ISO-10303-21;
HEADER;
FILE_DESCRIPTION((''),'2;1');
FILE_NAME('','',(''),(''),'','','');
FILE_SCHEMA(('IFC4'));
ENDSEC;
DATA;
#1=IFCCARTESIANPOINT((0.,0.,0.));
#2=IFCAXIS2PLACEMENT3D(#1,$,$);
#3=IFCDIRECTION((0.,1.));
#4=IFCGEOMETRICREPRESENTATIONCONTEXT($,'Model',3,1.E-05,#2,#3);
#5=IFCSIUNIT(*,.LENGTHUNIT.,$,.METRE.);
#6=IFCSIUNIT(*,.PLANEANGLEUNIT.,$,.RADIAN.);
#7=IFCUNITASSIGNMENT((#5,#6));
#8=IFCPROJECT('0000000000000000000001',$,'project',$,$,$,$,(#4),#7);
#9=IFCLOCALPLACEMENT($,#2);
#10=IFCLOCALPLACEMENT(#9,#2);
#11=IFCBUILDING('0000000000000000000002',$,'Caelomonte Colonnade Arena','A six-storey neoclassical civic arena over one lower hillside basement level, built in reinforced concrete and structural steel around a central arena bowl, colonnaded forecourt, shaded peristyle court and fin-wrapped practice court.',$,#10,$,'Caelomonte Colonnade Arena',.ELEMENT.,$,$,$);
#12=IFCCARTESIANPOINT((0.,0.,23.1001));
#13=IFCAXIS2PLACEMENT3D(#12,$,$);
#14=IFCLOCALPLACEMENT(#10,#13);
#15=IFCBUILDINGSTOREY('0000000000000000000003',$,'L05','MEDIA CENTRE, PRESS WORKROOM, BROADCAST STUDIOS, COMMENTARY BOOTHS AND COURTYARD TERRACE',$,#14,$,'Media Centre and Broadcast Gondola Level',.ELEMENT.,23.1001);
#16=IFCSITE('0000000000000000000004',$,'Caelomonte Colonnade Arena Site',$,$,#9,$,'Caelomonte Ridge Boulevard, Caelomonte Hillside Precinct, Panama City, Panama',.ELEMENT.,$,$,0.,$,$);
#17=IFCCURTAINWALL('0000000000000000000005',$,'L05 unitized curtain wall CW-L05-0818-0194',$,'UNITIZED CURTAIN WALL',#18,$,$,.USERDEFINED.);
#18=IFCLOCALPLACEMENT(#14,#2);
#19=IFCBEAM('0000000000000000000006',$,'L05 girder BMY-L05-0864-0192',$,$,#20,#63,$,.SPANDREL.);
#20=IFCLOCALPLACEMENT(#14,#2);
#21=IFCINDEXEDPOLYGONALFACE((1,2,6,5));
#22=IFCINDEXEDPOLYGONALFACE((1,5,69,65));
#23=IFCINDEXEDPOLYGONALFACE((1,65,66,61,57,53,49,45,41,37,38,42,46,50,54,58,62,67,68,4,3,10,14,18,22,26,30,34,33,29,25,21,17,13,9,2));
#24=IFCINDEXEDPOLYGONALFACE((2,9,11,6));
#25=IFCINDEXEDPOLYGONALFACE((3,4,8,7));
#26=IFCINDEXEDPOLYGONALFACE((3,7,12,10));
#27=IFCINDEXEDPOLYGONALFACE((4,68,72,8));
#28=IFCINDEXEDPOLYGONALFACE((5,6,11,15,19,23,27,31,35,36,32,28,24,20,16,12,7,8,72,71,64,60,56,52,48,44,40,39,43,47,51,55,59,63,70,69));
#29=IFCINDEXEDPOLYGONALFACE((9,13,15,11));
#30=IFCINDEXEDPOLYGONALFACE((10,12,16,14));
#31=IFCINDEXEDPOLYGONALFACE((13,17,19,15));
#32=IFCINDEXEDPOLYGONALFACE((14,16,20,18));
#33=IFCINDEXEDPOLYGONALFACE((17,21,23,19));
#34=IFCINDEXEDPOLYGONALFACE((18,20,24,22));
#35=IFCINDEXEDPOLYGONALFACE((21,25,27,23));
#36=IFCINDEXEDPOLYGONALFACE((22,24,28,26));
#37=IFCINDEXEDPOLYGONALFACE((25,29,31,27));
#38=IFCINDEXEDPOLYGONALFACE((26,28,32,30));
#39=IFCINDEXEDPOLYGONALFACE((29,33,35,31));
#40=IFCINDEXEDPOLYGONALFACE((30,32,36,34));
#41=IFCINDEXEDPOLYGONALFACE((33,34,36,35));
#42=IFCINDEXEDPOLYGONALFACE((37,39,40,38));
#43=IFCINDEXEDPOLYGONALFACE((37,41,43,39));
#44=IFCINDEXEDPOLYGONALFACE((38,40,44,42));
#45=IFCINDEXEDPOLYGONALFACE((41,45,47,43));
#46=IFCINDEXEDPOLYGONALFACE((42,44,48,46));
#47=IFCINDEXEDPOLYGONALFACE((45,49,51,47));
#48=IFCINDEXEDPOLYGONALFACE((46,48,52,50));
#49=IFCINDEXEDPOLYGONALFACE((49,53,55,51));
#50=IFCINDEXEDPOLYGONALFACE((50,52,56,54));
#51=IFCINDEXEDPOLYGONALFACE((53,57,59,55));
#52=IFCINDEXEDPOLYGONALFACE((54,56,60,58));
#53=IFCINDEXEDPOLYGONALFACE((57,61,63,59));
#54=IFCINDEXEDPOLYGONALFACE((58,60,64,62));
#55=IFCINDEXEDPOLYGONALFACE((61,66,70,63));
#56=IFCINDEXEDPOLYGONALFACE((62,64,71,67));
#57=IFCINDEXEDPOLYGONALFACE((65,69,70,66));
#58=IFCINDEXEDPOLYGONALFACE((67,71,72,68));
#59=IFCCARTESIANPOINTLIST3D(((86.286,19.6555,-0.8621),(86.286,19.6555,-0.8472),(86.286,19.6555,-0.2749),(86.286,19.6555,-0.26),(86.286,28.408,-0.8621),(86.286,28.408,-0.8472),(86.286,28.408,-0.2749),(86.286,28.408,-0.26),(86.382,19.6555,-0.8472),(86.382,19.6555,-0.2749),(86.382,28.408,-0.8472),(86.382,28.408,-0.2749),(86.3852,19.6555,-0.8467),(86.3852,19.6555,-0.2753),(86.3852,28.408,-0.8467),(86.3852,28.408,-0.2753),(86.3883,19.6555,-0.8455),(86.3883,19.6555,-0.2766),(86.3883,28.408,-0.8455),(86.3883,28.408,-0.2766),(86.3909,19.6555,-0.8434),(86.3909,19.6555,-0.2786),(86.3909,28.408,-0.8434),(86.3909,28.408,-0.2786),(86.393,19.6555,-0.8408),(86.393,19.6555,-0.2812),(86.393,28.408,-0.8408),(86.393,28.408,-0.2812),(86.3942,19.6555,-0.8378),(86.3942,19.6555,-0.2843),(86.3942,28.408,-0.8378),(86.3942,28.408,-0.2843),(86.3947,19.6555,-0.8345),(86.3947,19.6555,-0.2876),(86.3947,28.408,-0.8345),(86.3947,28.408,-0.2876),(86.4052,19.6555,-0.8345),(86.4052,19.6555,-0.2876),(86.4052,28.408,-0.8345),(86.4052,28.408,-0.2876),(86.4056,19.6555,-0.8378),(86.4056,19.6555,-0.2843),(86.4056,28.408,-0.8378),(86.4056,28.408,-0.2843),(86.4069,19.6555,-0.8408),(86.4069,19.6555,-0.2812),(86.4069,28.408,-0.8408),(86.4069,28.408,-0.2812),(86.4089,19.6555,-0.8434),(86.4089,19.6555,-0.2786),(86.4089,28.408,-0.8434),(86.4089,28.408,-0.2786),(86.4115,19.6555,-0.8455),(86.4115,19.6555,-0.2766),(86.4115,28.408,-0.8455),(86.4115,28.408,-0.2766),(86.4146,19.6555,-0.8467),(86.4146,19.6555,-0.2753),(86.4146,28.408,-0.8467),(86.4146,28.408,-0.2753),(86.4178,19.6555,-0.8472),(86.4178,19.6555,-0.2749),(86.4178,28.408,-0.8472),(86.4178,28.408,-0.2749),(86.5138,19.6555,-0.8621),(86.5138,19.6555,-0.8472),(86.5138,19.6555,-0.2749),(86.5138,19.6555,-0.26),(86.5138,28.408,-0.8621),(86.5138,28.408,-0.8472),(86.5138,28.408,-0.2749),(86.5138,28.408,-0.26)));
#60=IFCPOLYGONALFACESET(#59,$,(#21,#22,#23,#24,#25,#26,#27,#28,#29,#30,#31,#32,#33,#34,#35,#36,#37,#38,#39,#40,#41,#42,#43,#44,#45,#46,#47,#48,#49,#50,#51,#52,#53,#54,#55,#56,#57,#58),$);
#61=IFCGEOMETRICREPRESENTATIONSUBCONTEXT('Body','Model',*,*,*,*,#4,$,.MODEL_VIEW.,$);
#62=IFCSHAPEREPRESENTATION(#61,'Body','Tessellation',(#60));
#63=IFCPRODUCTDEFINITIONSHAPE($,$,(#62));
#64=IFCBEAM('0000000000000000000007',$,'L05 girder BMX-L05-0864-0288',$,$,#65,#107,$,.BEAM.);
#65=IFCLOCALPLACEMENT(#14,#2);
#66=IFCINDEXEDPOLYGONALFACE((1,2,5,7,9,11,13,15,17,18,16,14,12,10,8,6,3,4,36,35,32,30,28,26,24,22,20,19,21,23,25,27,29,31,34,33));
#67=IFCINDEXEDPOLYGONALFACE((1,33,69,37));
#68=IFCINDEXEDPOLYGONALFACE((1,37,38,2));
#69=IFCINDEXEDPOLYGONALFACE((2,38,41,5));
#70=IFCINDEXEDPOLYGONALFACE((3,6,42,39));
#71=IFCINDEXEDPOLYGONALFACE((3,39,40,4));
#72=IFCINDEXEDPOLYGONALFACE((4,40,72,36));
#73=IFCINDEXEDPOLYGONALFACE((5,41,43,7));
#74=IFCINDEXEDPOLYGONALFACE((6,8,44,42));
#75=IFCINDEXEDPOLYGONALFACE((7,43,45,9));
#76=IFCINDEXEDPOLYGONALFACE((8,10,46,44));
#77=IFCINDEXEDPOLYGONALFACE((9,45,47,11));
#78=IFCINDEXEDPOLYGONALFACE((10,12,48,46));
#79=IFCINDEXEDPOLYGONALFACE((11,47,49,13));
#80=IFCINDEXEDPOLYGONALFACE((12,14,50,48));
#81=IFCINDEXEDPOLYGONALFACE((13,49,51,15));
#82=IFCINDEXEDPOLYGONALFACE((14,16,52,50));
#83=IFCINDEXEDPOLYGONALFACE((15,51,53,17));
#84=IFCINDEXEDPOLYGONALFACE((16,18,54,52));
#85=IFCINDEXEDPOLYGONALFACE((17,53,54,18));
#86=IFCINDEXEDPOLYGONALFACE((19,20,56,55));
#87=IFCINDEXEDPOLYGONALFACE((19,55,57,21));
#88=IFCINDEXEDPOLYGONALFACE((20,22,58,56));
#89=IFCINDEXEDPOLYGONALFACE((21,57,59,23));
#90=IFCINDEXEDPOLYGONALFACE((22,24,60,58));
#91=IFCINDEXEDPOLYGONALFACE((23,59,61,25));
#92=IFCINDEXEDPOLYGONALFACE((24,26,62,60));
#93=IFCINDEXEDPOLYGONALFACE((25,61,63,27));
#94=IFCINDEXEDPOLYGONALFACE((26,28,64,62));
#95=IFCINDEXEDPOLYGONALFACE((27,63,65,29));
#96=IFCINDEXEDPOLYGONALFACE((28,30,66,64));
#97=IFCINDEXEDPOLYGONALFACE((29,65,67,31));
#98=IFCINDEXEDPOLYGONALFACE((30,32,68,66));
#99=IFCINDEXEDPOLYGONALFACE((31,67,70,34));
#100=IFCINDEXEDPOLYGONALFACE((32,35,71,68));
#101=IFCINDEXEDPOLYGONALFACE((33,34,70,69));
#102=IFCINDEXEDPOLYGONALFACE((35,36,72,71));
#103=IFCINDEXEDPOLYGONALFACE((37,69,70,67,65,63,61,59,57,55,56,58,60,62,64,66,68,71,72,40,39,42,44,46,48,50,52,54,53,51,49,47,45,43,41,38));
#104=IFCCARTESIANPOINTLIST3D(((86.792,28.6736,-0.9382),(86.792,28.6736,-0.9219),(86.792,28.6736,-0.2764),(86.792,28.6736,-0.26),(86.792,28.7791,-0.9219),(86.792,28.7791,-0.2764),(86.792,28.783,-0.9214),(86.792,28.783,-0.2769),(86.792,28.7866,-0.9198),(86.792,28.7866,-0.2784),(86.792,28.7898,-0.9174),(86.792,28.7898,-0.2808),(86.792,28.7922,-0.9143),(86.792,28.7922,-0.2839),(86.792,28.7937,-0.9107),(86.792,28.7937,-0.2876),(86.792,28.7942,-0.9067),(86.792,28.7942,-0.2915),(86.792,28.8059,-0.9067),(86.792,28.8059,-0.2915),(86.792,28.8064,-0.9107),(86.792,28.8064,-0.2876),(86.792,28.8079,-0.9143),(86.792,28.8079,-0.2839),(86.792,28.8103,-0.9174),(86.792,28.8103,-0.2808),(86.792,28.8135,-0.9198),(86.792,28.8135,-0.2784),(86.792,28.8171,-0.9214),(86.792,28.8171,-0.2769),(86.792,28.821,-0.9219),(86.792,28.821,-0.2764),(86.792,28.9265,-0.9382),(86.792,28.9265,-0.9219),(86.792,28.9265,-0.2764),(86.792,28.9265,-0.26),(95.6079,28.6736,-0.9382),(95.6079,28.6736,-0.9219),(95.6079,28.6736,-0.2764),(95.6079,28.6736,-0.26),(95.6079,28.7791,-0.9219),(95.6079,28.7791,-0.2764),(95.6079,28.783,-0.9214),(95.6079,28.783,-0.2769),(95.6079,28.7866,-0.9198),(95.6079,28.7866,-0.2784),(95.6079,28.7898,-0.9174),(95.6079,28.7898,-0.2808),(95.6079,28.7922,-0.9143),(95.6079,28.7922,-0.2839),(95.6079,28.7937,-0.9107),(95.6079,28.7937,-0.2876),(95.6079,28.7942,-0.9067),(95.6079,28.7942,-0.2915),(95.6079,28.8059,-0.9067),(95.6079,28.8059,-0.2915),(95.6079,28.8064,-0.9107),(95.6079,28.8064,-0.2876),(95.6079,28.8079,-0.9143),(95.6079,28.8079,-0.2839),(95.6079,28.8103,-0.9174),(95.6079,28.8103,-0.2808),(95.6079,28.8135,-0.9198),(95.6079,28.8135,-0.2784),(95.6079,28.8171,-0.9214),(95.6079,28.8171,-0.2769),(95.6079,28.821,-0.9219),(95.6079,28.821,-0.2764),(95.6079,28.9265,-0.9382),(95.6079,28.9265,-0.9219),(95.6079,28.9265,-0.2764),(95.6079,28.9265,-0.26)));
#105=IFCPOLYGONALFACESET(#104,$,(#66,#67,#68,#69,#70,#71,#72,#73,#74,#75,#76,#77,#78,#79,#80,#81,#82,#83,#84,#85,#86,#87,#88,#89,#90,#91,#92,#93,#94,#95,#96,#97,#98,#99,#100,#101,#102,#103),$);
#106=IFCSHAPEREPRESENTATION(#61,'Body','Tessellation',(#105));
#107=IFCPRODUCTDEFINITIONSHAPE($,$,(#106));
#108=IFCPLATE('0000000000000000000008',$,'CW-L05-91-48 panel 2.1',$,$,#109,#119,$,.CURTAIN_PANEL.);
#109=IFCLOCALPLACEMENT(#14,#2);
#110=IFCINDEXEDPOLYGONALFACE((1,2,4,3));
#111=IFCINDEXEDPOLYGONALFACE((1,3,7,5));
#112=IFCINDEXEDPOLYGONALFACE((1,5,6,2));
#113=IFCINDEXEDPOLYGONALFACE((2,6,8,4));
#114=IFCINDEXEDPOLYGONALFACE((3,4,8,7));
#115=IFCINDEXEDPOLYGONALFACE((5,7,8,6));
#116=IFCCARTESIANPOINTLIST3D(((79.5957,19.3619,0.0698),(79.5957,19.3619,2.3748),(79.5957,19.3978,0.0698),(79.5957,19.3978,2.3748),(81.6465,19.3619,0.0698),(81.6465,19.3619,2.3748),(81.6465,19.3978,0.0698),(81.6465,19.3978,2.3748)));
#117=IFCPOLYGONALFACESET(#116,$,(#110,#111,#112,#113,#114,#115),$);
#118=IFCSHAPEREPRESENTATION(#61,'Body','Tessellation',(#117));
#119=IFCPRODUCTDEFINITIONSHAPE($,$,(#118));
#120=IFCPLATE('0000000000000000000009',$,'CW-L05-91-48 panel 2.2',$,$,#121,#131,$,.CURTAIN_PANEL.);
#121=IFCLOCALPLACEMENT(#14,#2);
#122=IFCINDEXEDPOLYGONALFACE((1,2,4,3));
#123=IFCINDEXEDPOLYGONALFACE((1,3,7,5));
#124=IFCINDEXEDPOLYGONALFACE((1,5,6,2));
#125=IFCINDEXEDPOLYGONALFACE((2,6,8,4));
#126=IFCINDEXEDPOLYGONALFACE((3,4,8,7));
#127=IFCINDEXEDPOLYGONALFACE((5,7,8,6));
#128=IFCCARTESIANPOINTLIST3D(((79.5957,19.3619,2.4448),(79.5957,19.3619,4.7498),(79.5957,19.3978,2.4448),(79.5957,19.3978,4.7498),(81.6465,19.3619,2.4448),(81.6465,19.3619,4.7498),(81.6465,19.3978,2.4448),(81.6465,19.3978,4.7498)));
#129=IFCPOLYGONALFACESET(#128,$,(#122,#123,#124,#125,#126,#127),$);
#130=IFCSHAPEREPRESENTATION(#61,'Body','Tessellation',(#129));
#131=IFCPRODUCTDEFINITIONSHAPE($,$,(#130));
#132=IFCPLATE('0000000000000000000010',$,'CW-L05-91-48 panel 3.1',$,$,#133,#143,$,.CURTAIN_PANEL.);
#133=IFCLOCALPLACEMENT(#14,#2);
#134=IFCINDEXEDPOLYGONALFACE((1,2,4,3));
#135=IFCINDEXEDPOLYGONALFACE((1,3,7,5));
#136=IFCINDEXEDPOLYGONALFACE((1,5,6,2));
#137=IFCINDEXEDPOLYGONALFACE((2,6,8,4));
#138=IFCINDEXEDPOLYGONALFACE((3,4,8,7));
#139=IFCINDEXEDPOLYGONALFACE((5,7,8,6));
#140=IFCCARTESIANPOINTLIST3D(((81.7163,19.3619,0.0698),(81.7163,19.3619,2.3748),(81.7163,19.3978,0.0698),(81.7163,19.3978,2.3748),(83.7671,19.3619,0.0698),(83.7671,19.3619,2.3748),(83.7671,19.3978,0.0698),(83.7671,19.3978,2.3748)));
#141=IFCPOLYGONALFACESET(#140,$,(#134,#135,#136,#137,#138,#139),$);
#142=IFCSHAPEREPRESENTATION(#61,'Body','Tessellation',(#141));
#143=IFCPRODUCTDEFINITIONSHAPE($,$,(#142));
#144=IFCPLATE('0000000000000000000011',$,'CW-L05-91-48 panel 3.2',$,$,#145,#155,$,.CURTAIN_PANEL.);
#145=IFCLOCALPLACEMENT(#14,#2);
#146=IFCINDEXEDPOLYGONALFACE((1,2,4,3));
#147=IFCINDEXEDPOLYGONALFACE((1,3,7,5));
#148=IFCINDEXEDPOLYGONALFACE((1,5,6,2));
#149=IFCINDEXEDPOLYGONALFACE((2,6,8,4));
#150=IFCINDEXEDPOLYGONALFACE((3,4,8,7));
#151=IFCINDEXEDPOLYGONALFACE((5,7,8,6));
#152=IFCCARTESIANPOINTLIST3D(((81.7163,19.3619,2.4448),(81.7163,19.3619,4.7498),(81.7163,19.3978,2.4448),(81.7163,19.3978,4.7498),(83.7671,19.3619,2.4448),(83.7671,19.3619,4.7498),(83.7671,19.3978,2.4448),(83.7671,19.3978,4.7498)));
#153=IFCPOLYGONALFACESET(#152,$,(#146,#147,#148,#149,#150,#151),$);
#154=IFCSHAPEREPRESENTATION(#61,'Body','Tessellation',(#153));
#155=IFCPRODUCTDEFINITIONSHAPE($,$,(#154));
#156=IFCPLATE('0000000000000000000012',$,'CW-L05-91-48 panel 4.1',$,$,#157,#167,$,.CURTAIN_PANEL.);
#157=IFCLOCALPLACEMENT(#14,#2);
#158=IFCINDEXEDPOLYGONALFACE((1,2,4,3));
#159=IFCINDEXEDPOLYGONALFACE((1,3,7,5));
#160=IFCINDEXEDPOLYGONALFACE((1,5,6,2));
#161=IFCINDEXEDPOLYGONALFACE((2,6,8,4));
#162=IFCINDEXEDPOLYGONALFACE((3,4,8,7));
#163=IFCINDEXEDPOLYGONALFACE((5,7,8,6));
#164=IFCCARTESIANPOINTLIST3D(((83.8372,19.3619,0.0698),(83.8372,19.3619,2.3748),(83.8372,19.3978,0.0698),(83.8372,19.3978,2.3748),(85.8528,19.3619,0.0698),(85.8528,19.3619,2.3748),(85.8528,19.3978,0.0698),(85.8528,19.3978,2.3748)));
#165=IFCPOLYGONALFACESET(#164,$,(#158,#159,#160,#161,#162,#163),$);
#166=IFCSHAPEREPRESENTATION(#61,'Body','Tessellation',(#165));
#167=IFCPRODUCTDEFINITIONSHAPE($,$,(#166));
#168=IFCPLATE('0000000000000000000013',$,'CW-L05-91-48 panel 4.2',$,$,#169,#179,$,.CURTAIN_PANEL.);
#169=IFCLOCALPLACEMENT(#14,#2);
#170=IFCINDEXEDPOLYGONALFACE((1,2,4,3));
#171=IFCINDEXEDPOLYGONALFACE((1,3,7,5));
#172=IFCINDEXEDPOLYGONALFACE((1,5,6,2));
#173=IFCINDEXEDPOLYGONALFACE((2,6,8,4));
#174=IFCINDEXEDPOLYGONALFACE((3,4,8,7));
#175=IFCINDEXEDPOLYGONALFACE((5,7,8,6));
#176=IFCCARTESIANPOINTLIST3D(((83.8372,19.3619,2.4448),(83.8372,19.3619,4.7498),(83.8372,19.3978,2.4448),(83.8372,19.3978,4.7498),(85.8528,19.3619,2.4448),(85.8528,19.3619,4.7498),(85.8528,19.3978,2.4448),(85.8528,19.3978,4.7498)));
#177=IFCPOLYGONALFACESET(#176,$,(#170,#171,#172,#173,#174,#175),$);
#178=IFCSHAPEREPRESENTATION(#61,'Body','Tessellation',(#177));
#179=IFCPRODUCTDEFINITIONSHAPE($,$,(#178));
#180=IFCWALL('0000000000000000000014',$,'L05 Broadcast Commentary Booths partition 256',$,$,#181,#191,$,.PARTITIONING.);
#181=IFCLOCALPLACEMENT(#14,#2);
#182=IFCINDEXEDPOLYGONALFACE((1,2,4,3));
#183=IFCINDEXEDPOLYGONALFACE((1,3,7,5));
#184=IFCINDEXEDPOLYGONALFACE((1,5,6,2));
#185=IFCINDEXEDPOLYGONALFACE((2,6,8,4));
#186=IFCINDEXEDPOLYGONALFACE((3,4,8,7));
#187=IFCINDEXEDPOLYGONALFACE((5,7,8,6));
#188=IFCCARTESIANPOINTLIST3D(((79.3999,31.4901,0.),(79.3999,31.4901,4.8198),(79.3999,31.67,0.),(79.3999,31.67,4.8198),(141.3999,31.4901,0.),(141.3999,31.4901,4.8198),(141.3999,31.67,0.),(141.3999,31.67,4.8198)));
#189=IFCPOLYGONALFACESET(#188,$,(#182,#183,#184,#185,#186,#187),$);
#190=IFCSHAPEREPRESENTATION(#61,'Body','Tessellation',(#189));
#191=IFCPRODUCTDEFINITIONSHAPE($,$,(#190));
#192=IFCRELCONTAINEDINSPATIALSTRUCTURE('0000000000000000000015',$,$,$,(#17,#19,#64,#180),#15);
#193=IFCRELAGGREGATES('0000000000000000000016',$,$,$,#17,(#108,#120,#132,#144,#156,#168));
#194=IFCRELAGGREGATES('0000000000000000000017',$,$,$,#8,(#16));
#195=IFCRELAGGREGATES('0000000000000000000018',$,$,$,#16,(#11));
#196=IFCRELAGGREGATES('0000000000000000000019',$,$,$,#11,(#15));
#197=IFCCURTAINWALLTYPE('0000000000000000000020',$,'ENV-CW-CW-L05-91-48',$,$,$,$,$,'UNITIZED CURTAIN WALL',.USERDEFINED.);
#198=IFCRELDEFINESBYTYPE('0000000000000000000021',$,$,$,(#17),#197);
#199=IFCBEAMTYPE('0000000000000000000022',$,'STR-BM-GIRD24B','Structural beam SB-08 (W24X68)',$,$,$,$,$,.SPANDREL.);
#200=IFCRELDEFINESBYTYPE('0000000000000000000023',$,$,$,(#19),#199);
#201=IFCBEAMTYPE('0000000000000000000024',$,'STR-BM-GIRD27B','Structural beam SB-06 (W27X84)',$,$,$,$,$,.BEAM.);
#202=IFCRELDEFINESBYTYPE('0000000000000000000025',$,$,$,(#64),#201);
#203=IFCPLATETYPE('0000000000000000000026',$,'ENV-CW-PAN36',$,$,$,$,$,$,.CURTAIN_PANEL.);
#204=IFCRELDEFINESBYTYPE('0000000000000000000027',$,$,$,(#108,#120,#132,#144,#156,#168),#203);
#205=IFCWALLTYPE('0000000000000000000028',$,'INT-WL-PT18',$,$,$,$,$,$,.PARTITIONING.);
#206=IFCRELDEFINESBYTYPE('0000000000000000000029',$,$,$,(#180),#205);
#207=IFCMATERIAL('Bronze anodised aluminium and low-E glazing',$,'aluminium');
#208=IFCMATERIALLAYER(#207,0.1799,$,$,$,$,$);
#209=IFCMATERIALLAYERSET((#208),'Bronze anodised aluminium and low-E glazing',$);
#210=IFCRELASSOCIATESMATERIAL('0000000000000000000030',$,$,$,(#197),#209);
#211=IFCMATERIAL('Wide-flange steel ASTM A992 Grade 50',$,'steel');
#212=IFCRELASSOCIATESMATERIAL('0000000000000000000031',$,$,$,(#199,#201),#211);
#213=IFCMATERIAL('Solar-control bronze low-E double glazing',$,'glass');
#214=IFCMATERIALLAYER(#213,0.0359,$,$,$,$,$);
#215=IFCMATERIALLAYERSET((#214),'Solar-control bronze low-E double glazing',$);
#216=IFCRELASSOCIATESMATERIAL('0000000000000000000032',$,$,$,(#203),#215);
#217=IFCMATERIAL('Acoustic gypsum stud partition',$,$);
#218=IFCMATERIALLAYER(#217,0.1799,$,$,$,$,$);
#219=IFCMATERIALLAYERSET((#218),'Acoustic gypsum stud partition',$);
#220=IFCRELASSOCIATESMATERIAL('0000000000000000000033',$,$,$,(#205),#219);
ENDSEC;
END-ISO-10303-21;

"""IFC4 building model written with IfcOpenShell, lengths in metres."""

from ifc_helpers import new_model, si_unit, direction, frame, frame_2d, origin, origin_2d, place, context, subcontext, project, spatial, rectangle, i_section, extrude, material, layer, layer_set, material_profile, profile_set, type_object, element, aggregate, save


model = new_model("IFC4")

# Units and contexts
model_context = context("Model", 3, precision=1e-05, world=origin(), true_north=direction((0.0, 1.0)))
body_context = subcontext(model_context, "Body", "Model", "MODEL_VIEW")
ifc_project = project(units=[si_unit("LENGTHUNIT", "METRE"), si_unit("PLANEANGLEUNIT", "RADIAN")], contexts=[model_context])

# Site, building, storey
site_placement = place(None, origin())
site = spatial("IfcSite", under=ifc_project, at=site_placement, Name="Caelomonte Colonnade Arena Site", LongName="Caelomonte Ridge Boulevard, Caelomonte Hillside Precinct, Panama City, Panama", CompositionType="ELEMENT", RefElevation=0.0)
building_placement = place(site_placement, origin())
building = spatial("IfcBuilding", under=site, at=building_placement, Name="Caelomonte Colonnade Arena", Description="A six-storey neoclassical civic arena over one lower hillside basement level, built in reinforced concrete and structural steel around a central arena bowl, colonnaded forecourt, shaded peristyle court and fin-wrapped practice court.", LongName="Caelomonte Colonnade Arena", CompositionType="ELEMENT")
storey_placement = place(building_placement, frame((0.0, 0.0, 23.1001)))
storey = spatial("IfcBuildingStorey", under=building, at=storey_placement, Name="L05", Description="MEDIA CENTRE, PRESS WORKROOM, BROADCAST STUDIOS, COMMENTARY BOOTHS AND COURTYARD TERRACE", LongName="Media Centre and Broadcast Gondola Level", CompositionType="ELEMENT", Elevation=23.1001)

# Curtain wall
ifc_material_1 = material(Name="Bronze anodised aluminium and low-E glazing", Category="aluminium")
ifc_layer_1 = layer(ifc_material_1, 0.1799)
ifc_layer_set_1 = layer_set([ifc_layer_1], Name="Bronze anodised aluminium and low-E glazing")
curtain_wall_type_1 = type_object("IfcCurtainWallType", Name="ENV-CW-CW-L05-91-48", ElementType="UNITIZED CURTAIN WALL", PredefinedType="USERDEFINED", material=ifc_layer_set_1)
curtain_wall_1_placement = place(storey_placement, origin())
curtain_wall_1 = element("IfcCurtainWall", 1, at=curtain_wall_1_placement, inside=storey, type_object=curtain_wall_type_1, Name="L05 unitized curtain wall CW-L05-0818-0194", ObjectType="UNITIZED CURTAIN WALL", PredefinedType="USERDEFINED")

# Beams
ifc_material_2 = material(Name="Wide-flange steel ASTM A992 Grade 50", Category="steel")
ifc_material_profile_1 = material_profile(ifc_material_2, i_section(OverallWidth=0.2278, OverallDepth=0.6021, WebThickness=0.0105, FlangeThickness=0.0149, FilletRadius=0.0127, at=origin_2d()), Name="W24X68")
ifc_profile_set_1 = profile_set([ifc_material_profile_1], Name="Wide-flange steel ASTM A992 Grade 50")
beam_type_1 = type_object("IfcBeamType", Name="STR-BM-GIRD24B", Description="Structural beam SB-08 (W24X68)", PredefinedType="SPANDREL", material=ifc_profile_set_1)
beam_1_placement = place(storey_placement, frame((86.3999, 19.6555, -0.561), z_axis=(0.0, 1.0, 0.0), x_axis=(-1.0, 0.0, 0.0)))
element("IfcBeam", 2, at=beam_1_placement, inside=storey, type_object=beam_type_1, Name="L05 girder BMY-L05-0864-0192", PredefinedType="SPANDREL", context=body_context, shape_type="SweptSolid", body=[
    extrude(i_section(OverallWidth=0.2278, OverallDepth=0.6021, WebThickness=0.0105, FlangeThickness=0.0149, FilletRadius=0.0127, at=origin_2d()), origin(), (0.0, 0.0, 1.0), 8.7524),
])
ifc_material_profile_2 = material_profile(ifc_material_2, i_section(OverallWidth=0.2529, OverallDepth=0.6782, WebThickness=0.0117, FlangeThickness=0.0164, FilletRadius=0.0151, at=origin_2d()), Name="W27X84")
ifc_profile_set_2 = profile_set([ifc_material_profile_2], Name="Wide-flange steel ASTM A992 Grade 50")
beam_type_2 = type_object("IfcBeamType", Name="STR-BM-GIRD27B", Description="Structural beam SB-06 (W27X84)", PredefinedType="BEAM", material=ifc_profile_set_2)
beam_2_placement = place(storey_placement, frame((86.792, 28.8, -0.5991), z_axis=(1.0, 0.0, 0.0), x_axis=(0.0, 1.0, 0.0)))
element("IfcBeam", 3, at=beam_2_placement, inside=storey, type_object=beam_type_2, Name="L05 girder BMX-L05-0864-0288", PredefinedType="BEAM", context=body_context, shape_type="SweptSolid", body=[
    extrude(i_section(OverallWidth=0.2529, OverallDepth=0.6782, WebThickness=0.0117, FlangeThickness=0.0164, FilletRadius=0.0151, at=origin_2d()), origin(), (0.0, 0.0, 1.0), 8.8159),
])

# Plates
ifc_material_3 = material(Name="Solar-control bronze low-E double glazing", Category="glass")
ifc_layer_2 = layer(ifc_material_3, 0.0359)
ifc_layer_set_2 = layer_set([ifc_layer_2], Name="Solar-control bronze low-E double glazing")
plate_type = type_object("IfcPlateType", Name="ENV-CW-PAN36", PredefinedType="CURTAIN_PANEL", material=ifc_layer_set_2)
plate_1_placement = place(storey_placement, frame((80.6211, 19.3799, 0.0698), z_axis=(0.0, 0.0, 1.0), x_axis=(1.0, 0.0, 0.0)))
plate_1 = element("IfcPlate", 4, at=plate_1_placement, type_object=plate_type, Name="CW-L05-91-48 panel 2.1", PredefinedType="CURTAIN_PANEL", context=body_context, shape_type="SweptSolid", body=[
    extrude(rectangle(XDim=2.0508, YDim=0.0359, at=origin_2d()), origin(), (0.0, 0.0, 1.0), 2.3049),
])
plate_2_placement = place(storey_placement, frame((80.6211, 19.3799, 2.4448), z_axis=(0.0, 0.0, 1.0), x_axis=(1.0, 0.0, 0.0)))
plate_2 = element("IfcPlate", 5, at=plate_2_placement, type_object=plate_type, Name="CW-L05-91-48 panel 2.2", PredefinedType="CURTAIN_PANEL", context=body_context, shape_type="SweptSolid", body=[
    extrude(rectangle(XDim=2.0508, YDim=0.0359, at=origin_2d()), origin(), (0.0, 0.0, 1.0), 2.3049),
])
plate_3_placement = place(storey_placement, frame((82.7417, 19.3799, 0.0698), z_axis=(0.0, 0.0, 1.0), x_axis=(1.0, 0.0, 0.0)))
plate_3 = element("IfcPlate", 6, at=plate_3_placement, type_object=plate_type, Name="CW-L05-91-48 panel 3.1", PredefinedType="CURTAIN_PANEL", context=body_context, shape_type="SweptSolid", body=[
    extrude(rectangle(XDim=2.0508, YDim=0.0359, at=origin_2d()), origin(), (0.0, 0.0, 1.0), 2.3049),
])
plate_4_placement = place(storey_placement, frame((82.7417, 19.3799, 2.4448), z_axis=(0.0, 0.0, 1.0), x_axis=(1.0, 0.0, 0.0)))
plate_4 = element("IfcPlate", 7, at=plate_4_placement, type_object=plate_type, Name="CW-L05-91-48 panel 3.2", PredefinedType="CURTAIN_PANEL", context=body_context, shape_type="SweptSolid", body=[
    extrude(rectangle(XDim=2.0508, YDim=0.0359, at=origin_2d()), origin(), (0.0, 0.0, 1.0), 2.3049),
])
plate_5_placement = place(storey_placement, frame((84.845, 19.3799, 0.0698), z_axis=(0.0, 0.0, 1.0), x_axis=(1.0, 0.0, 0.0)))
plate_5 = element("IfcPlate", 8, at=plate_5_placement, type_object=plate_type, Name="CW-L05-91-48 panel 4.1", PredefinedType="CURTAIN_PANEL", context=body_context, shape_type="SweptSolid", body=[
    extrude(rectangle(XDim=2.0156, YDim=0.0359, at=origin_2d()), origin(), (0.0, 0.0, 1.0), 2.3049),
])
plate_6_placement = place(storey_placement, frame((84.845, 19.3799, 2.4448), z_axis=(0.0, 0.0, 1.0), x_axis=(1.0, 0.0, 0.0)))
plate_6 = element("IfcPlate", 9, at=plate_6_placement, type_object=plate_type, Name="CW-L05-91-48 panel 4.2", PredefinedType="CURTAIN_PANEL", context=body_context, shape_type="SweptSolid", body=[
    extrude(rectangle(XDim=2.0156, YDim=0.0359, at=origin_2d()), origin(), (0.0, 0.0, 1.0), 2.3049),
])
aggregate(curtain_wall_1, [plate_1, plate_2, plate_3, plate_4, plate_5, plate_6])

# Wall
ifc_material_4 = material(Name="Acoustic gypsum stud partition")
ifc_layer_3 = layer(ifc_material_4, 0.1799)
ifc_layer_set_3 = layer_set([ifc_layer_3], Name="Acoustic gypsum stud partition")
wall_type_1 = type_object("IfcWallType", Name="INT-WL-PT18", PredefinedType="PARTITIONING", material=ifc_layer_set_3)
wall_1_placement = place(storey_placement, frame((79.3999, 31.5801, 0.0), z_axis=(0.0, 0.0, 1.0), x_axis=(1.0, 0.0, 0.0)))
element("IfcWall", 10, at=wall_1_placement, inside=storey, type_object=wall_type_1, Name="L05 Broadcast Commentary Booths partition 256", PredefinedType="PARTITIONING", context=body_context, shape_type="SweptSolid", body=[
    extrude(rectangle(XDim=62.0, YDim=0.1799, at=frame_2d((31.0, 0.0))), origin(), (0.0, 0.0, 1.0), 4.8198),
])

save(model, "model.ifc")
